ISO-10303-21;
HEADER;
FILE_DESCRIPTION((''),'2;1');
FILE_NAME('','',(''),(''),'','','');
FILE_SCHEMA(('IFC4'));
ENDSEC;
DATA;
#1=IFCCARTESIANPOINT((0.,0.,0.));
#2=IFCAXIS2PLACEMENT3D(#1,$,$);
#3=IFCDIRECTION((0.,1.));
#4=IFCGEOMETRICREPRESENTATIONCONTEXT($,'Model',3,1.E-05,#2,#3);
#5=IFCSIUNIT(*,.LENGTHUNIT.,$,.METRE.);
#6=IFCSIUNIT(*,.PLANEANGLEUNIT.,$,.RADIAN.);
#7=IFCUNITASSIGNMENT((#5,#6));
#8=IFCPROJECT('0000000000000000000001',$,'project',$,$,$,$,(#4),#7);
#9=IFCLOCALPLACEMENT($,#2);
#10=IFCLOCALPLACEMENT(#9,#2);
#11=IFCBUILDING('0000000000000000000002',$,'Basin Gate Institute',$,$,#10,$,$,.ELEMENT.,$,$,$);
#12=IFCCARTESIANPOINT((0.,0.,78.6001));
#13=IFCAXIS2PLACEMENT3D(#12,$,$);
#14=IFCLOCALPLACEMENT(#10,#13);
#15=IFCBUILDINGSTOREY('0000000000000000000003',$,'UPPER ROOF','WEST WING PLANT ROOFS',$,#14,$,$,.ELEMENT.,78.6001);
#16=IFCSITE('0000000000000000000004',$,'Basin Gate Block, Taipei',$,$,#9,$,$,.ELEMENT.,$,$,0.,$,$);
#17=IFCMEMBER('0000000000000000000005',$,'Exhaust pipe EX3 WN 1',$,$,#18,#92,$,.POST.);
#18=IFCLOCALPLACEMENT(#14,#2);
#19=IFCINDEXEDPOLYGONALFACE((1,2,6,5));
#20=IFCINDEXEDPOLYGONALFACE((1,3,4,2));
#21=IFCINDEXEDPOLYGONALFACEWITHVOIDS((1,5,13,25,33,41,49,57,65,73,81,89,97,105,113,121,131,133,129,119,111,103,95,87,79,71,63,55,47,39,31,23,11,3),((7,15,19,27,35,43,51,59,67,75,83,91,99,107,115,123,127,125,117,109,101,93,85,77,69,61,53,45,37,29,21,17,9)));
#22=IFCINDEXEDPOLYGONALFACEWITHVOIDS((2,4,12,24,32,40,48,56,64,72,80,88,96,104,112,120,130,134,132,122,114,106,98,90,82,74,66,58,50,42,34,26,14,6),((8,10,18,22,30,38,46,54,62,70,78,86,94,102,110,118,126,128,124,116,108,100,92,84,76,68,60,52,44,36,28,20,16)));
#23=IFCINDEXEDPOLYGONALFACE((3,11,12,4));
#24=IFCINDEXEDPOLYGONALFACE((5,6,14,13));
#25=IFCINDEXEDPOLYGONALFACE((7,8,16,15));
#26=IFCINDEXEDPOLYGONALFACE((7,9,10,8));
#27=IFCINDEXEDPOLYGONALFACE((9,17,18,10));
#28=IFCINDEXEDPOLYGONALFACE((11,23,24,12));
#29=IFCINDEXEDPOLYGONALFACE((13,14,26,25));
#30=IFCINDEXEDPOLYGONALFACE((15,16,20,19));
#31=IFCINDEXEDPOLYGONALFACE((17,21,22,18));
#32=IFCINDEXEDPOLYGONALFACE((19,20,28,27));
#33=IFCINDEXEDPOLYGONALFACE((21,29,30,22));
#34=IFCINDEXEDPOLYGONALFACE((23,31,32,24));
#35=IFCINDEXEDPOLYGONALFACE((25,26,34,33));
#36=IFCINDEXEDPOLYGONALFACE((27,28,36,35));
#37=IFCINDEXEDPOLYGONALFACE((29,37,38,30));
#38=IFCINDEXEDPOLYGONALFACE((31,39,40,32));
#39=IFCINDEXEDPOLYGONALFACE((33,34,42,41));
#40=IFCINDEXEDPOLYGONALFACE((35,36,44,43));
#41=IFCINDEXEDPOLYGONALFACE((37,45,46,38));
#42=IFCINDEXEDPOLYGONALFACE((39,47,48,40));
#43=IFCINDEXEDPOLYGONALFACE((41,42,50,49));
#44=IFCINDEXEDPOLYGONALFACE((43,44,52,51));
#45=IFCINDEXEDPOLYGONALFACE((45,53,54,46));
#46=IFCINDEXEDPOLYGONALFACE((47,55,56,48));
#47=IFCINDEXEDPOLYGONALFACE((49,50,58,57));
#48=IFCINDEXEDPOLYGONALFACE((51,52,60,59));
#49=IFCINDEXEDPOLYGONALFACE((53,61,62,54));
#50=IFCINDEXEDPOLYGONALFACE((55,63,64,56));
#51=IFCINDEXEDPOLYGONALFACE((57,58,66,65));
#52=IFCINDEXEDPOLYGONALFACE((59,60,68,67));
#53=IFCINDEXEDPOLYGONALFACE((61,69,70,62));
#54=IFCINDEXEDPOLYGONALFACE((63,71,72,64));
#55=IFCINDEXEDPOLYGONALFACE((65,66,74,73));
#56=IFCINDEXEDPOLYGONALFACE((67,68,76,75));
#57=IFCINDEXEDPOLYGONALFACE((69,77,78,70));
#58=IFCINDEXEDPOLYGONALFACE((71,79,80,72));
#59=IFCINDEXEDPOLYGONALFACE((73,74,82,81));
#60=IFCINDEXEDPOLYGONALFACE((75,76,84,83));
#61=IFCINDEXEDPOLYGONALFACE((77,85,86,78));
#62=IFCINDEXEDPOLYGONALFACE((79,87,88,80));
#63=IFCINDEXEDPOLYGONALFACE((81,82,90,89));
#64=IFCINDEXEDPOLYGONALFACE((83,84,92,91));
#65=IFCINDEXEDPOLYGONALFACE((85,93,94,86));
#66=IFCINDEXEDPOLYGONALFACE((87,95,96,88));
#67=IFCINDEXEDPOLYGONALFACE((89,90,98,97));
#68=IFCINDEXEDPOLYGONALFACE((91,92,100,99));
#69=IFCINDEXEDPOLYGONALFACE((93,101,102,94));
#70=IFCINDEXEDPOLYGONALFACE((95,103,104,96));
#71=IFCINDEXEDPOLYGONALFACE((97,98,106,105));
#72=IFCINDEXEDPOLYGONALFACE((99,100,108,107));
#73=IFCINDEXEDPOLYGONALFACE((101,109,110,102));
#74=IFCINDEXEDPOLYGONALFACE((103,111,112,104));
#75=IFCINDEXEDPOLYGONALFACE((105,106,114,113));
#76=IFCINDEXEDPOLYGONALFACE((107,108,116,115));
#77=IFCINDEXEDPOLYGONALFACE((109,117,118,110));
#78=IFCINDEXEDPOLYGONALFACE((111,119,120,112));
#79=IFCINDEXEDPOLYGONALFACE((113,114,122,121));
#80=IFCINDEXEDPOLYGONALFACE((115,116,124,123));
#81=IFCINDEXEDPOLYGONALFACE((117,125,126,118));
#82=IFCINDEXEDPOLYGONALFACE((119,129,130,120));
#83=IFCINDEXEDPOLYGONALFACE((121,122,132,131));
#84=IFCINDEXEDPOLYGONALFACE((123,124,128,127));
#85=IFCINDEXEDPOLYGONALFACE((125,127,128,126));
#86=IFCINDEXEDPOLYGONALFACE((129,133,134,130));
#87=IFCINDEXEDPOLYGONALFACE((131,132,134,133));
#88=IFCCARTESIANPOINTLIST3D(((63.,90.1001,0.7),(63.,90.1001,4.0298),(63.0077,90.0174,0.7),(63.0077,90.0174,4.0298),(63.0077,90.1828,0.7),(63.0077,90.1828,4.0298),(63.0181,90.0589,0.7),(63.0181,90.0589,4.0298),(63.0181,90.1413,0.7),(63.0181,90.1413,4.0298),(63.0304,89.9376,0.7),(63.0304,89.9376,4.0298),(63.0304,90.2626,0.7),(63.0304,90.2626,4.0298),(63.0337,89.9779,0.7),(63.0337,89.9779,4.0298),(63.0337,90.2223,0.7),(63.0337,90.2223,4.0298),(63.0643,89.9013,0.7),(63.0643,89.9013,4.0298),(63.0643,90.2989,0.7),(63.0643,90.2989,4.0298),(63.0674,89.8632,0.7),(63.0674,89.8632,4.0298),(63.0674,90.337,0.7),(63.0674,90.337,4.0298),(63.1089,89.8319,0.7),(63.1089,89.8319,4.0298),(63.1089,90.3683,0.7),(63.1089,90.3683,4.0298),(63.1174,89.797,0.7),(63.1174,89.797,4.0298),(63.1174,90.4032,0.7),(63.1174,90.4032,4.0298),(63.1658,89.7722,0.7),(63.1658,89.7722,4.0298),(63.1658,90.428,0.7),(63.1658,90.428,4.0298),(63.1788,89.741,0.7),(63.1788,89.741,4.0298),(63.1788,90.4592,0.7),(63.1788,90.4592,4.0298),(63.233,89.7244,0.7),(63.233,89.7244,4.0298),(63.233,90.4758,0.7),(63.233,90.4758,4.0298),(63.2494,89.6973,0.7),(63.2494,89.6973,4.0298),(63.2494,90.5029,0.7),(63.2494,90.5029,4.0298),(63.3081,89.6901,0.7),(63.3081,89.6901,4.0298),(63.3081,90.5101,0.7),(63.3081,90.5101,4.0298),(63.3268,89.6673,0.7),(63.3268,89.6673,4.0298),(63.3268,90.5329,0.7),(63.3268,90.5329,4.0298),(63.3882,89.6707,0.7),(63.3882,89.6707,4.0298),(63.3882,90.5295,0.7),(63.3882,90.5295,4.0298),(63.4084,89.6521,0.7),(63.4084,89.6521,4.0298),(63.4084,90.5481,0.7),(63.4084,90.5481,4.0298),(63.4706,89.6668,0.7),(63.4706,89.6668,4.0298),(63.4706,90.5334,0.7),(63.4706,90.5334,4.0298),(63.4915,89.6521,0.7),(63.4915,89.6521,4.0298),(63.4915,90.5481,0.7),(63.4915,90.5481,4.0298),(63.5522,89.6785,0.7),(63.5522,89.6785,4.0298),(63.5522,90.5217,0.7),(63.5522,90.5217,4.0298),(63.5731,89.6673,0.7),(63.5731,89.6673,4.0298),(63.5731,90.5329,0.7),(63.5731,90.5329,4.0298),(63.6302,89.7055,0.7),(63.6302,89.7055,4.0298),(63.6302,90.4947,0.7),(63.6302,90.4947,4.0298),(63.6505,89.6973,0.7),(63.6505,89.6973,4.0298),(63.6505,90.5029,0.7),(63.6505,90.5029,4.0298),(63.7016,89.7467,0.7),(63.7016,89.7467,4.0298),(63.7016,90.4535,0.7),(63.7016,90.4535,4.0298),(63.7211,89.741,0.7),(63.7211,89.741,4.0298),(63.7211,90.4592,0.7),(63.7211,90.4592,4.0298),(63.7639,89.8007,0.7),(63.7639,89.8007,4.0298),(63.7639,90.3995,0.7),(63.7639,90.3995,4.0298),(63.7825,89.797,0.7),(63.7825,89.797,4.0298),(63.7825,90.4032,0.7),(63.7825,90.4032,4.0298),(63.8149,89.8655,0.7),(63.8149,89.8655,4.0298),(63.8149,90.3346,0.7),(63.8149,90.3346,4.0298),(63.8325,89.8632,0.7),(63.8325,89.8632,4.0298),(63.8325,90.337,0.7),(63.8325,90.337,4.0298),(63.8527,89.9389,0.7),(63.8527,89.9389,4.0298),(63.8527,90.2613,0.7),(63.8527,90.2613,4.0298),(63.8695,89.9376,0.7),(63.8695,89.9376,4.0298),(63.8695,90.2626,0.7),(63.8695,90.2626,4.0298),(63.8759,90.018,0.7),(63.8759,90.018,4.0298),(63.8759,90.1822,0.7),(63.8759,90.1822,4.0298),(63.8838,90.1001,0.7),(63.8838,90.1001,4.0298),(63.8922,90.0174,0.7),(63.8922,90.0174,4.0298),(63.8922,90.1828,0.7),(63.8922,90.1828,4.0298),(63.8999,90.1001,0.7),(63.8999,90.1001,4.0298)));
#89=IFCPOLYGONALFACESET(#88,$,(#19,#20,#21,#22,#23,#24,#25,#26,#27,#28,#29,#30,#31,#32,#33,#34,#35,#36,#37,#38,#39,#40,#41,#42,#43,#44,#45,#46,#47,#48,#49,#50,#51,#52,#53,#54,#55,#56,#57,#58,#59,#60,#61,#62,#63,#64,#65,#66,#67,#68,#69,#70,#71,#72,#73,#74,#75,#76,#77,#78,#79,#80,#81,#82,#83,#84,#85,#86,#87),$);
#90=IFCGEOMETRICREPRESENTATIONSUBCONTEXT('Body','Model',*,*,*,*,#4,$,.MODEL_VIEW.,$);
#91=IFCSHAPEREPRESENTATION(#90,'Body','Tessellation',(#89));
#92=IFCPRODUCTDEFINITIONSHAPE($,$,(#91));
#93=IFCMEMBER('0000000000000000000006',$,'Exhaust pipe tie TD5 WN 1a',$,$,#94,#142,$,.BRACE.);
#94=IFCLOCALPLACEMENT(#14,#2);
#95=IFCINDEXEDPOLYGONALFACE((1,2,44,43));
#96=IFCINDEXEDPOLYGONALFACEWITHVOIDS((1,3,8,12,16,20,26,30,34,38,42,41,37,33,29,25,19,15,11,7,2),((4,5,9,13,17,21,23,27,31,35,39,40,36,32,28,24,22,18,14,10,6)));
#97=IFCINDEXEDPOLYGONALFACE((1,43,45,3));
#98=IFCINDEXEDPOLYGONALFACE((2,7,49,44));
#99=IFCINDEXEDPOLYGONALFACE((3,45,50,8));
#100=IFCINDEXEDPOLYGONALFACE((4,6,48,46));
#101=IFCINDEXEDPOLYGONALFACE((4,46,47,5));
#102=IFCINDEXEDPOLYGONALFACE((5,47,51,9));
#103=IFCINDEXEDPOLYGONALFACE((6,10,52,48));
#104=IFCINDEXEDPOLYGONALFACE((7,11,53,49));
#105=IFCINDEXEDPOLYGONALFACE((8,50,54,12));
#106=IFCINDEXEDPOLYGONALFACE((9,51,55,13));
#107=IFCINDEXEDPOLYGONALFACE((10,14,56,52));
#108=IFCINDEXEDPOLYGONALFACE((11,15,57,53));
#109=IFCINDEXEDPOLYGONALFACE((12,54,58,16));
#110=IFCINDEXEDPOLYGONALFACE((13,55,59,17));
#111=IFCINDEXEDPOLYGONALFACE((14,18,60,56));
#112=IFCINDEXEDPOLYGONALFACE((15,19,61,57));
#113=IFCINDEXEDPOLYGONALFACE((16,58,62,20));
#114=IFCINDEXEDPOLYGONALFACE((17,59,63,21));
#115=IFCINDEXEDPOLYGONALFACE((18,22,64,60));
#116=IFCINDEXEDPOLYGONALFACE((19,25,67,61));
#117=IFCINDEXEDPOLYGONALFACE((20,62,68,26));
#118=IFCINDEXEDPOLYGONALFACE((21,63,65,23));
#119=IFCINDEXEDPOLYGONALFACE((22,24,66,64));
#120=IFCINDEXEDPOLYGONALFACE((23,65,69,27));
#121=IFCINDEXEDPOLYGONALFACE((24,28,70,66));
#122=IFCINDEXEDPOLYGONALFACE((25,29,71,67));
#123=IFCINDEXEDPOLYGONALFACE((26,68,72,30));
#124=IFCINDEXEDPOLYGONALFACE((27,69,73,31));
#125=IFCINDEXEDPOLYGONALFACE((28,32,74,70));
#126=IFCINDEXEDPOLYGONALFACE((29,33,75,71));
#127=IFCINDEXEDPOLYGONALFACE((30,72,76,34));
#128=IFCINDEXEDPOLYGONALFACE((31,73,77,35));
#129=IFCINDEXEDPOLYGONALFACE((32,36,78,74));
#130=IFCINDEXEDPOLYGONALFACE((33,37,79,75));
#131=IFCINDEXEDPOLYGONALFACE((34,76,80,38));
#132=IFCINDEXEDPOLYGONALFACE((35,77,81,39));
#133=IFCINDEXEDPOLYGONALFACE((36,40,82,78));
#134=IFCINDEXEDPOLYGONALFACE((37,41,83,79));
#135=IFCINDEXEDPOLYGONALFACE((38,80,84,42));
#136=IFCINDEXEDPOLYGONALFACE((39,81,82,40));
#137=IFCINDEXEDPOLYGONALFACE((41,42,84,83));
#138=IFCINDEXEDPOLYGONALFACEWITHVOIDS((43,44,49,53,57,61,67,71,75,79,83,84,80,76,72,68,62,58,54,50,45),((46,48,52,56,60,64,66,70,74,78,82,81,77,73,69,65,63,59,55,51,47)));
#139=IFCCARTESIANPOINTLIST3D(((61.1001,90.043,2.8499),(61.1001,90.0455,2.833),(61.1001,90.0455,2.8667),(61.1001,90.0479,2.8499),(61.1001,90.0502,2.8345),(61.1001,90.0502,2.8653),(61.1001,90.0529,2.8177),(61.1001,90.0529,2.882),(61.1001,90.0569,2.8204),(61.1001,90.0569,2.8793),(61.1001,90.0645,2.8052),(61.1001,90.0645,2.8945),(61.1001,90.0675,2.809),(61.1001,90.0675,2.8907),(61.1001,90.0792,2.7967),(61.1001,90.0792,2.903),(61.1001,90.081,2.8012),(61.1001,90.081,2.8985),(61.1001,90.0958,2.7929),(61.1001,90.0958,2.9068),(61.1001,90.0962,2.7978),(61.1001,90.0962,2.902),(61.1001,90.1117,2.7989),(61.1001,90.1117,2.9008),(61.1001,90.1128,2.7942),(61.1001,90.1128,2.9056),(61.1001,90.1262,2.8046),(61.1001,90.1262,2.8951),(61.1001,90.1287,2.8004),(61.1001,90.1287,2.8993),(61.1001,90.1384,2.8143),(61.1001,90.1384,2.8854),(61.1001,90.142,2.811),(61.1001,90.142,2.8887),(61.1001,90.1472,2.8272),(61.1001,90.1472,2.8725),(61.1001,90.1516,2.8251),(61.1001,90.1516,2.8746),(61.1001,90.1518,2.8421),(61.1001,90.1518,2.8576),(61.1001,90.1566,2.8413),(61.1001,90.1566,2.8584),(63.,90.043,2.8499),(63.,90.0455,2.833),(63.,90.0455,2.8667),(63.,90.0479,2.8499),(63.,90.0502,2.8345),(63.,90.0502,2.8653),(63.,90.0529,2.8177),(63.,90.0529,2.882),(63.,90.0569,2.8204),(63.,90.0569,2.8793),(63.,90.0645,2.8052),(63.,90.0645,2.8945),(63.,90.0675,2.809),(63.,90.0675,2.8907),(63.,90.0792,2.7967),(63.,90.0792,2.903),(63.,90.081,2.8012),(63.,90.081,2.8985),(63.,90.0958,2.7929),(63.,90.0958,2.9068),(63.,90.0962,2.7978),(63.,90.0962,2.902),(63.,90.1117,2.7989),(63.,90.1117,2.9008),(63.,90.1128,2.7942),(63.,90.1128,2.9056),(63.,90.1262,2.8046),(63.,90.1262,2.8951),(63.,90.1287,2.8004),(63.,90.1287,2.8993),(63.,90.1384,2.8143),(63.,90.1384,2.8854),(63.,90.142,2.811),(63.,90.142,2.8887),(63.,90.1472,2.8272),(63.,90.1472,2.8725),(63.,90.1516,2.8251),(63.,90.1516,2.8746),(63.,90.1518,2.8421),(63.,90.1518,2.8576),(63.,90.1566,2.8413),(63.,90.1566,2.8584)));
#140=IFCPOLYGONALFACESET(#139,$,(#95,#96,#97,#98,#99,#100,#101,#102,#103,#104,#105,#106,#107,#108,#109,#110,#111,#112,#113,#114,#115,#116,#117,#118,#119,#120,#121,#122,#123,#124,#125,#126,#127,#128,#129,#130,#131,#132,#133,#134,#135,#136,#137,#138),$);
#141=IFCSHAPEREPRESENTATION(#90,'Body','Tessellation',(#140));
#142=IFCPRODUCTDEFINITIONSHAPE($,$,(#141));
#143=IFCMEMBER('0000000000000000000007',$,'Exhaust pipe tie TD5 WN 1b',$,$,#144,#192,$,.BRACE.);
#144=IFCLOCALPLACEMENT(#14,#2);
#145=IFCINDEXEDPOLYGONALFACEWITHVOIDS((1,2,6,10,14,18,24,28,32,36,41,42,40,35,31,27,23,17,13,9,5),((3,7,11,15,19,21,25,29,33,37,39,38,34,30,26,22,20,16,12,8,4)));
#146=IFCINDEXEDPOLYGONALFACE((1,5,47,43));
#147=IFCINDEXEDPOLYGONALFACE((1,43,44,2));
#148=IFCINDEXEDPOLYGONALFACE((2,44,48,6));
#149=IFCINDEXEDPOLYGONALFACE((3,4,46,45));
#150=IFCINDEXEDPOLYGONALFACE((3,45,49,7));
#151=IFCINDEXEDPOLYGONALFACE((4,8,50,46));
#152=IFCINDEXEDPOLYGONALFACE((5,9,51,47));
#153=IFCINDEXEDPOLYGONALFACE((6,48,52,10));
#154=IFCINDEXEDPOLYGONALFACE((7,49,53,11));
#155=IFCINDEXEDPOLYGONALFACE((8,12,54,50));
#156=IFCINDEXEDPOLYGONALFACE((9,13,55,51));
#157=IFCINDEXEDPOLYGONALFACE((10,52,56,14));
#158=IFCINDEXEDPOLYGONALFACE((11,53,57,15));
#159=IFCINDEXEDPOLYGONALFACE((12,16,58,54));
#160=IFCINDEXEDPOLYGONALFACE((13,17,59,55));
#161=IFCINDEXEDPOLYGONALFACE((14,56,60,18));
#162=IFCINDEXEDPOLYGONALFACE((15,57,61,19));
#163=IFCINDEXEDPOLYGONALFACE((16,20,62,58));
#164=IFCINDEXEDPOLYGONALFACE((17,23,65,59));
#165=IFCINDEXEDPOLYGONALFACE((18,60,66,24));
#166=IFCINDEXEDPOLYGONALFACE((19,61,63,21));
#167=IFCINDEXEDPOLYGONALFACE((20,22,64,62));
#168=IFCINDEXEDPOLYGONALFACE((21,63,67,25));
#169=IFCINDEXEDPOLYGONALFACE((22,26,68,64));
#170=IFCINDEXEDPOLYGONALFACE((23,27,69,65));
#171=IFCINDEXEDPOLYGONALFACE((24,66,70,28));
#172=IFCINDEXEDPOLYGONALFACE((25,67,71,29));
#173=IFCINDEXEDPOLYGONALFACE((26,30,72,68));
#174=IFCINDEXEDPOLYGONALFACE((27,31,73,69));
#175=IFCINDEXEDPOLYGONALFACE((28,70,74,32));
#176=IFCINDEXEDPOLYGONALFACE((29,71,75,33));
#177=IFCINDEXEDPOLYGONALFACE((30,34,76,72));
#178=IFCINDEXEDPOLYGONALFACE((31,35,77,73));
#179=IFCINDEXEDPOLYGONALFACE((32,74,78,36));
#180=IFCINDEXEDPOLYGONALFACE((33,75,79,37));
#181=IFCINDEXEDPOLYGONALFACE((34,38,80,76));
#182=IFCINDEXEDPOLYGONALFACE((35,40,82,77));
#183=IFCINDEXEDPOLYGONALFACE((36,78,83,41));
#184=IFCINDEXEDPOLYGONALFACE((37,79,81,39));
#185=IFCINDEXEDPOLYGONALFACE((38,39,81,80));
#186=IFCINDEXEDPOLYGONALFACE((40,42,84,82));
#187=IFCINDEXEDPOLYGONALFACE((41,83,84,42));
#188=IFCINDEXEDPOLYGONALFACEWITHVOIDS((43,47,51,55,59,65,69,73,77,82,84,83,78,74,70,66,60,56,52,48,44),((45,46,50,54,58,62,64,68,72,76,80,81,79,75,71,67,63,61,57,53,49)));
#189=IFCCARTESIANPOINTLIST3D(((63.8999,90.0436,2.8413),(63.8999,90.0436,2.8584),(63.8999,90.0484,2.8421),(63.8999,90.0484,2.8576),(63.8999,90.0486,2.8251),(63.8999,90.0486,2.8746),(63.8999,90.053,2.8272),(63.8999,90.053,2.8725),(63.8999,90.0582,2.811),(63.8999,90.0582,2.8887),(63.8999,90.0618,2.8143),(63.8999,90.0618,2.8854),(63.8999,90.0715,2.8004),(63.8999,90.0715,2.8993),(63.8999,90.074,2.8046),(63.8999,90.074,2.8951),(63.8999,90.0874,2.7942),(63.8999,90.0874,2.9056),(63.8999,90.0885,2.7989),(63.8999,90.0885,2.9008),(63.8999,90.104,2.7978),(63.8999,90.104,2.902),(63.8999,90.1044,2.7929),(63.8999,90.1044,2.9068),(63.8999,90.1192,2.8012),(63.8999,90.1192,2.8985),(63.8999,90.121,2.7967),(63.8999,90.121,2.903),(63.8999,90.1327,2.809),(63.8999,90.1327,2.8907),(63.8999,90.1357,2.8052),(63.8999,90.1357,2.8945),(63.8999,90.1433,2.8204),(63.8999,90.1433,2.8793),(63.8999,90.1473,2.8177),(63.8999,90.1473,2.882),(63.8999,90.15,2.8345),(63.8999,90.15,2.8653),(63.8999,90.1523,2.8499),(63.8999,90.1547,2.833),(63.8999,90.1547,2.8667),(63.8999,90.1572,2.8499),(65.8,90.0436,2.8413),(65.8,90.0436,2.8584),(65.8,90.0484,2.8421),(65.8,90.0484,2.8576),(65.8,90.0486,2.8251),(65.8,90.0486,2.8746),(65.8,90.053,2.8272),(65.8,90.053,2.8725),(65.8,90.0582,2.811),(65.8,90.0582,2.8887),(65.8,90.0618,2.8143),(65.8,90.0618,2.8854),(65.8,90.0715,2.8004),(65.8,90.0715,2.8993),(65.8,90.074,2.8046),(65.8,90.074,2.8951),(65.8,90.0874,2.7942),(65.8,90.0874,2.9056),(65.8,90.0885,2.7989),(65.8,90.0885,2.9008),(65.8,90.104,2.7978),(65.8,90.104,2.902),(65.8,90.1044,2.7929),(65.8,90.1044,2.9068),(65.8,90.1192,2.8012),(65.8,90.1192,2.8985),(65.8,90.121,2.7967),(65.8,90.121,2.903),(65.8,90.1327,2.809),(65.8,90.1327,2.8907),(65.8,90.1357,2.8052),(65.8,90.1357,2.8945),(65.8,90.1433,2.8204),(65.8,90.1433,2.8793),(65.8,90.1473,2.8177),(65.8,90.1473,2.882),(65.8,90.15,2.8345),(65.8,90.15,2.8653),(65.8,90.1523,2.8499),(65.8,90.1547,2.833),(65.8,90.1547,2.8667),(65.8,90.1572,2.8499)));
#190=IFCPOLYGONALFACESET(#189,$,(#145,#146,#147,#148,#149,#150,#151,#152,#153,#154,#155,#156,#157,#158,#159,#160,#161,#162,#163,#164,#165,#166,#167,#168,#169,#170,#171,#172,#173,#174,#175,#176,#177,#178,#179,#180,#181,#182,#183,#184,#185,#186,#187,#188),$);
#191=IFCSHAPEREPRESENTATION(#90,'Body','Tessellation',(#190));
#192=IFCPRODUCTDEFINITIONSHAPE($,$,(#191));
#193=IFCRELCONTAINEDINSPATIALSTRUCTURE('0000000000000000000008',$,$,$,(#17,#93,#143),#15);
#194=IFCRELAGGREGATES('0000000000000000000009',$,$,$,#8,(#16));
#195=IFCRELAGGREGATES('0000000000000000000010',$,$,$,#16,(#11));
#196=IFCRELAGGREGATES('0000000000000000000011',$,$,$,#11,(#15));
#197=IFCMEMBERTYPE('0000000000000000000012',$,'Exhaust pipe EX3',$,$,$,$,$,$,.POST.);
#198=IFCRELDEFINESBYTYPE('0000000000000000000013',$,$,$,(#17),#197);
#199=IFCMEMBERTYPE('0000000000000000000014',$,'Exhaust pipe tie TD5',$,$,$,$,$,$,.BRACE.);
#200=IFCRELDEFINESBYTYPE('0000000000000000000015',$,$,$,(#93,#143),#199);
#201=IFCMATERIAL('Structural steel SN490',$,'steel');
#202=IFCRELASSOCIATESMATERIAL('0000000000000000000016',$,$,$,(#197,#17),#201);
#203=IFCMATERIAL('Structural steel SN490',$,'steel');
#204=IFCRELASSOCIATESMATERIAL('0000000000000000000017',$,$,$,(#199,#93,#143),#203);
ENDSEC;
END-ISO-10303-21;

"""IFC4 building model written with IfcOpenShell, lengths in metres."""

from ifc_helpers import new_model, si_unit, direction, frame, origin, origin_2d, place, context, subcontext, project, spatial, hollow_circle, extrude, material, material_profile, profile_set, type_object, element, save


model = new_model("IFC4")

# Units and contexts
model_context = context("Model", 3, precision=1e-05, world=origin(), true_north=direction((0.0, 1.0)))
body_context = subcontext(model_context, "Body", "Model", "MODEL_VIEW")
ifc_project = project(units=[si_unit("LENGTHUNIT", "METRE"), si_unit("PLANEANGLEUNIT", "RADIAN")], contexts=[model_context])

# Site, building, storey
site_placement = place(None, origin())
site = spatial("IfcSite", under=ifc_project, at=site_placement, Name="Basin Gate Block, Taipei", CompositionType="ELEMENT", RefElevation=0.0)
building_placement = place(site_placement, origin())
building = spatial("IfcBuilding", under=site, at=building_placement, Name="Basin Gate Institute", CompositionType="ELEMENT")
storey_placement = place(building_placement, frame((0.0, 0.0, 78.6001)))
storey = spatial("IfcBuildingStorey", under=building, at=storey_placement, Name="UPPER ROOF", Description="WEST WING PLANT ROOFS", CompositionType="ELEMENT", Elevation=78.6001)

# Members
ifc_material_1 = material(Name="Structural steel SN490", Category="steel")
ifc_material_profile_1 = material_profile(ifc_material_1, hollow_circle(Radius=0.45, WallThickness=0.0161, at=origin_2d()), Name="CHS900x16")
ifc_profile_set_1 = profile_set([ifc_material_profile_1], Name="Structural steel SN490")
member_type_1 = type_object("IfcMemberType", Name="Exhaust pipe EX3", PredefinedType="POST", material=ifc_profile_set_1)
member_1_placement = place(storey_placement, frame((63.45, 90.1001, 0.7), z_axis=(0.0, 0.0, 1.0), x_axis=(1.0, 0.0, 0.0)))
element("IfcMember", 1, at=member_1_placement, inside=storey, type_object=member_type_1, material=ifc_profile_set_1, Name="Exhaust pipe EX3 WN 1", PredefinedType="POST", context=body_context, shape_type="SweptSolid", body=[
    extrude(hollow_circle(Radius=0.45, WallThickness=0.0161, at=origin_2d()), origin(), (0.0, 0.0, 1.0), 3.3298),
])
ifc_material_2 = material(Name="Structural steel SN490", Category="steel")
ifc_material_profile_2 = material_profile(ifc_material_2, hollow_circle(Radius=0.0571, WallThickness=0.0049, at=origin_2d()), Name="CHS114x5")
ifc_profile_set_2 = profile_set([ifc_material_profile_2], Name="Structural steel SN490")
member_type_2 = type_object("IfcMemberType", Name="Exhaust pipe tie TD5", PredefinedType="BRACE", material=ifc_profile_set_2)
member_2_placement = place(storey_placement, frame((63.0, 90.1001, 2.8499), z_axis=(-1.0, 0.0, 0.0), x_axis=(0.0, -1.0, 0.0)))
element("IfcMember", 2, at=member_2_placement, inside=storey, type_object=member_type_2, material=ifc_profile_set_2, Name="Exhaust pipe tie TD5 WN 1a", PredefinedType="BRACE", context=body_context, shape_type="SweptSolid", body=[
    extrude(hollow_circle(Radius=0.0571, WallThickness=0.0049, at=origin_2d()), origin(), (0.0, 0.0, 1.0), 1.8999),
])
member_3_placement = place(storey_placement, frame((63.8999, 90.1001, 2.8499), z_axis=(1.0, 0.0, 0.0), x_axis=(0.0, 1.0, 0.0)))
element("IfcMember", 3, at=member_3_placement, inside=storey, type_object=member_type_2, material=ifc_profile_set_2, Name="Exhaust pipe tie TD5 WN 1b", PredefinedType="BRACE", context=body_context, shape_type="SweptSolid", body=[
    extrude(hollow_circle(Radius=0.0571, WallThickness=0.0049, at=origin_2d()), origin(), (0.0, 0.0, 1.0), 1.9001),
])

save(model, "model.ifc")
